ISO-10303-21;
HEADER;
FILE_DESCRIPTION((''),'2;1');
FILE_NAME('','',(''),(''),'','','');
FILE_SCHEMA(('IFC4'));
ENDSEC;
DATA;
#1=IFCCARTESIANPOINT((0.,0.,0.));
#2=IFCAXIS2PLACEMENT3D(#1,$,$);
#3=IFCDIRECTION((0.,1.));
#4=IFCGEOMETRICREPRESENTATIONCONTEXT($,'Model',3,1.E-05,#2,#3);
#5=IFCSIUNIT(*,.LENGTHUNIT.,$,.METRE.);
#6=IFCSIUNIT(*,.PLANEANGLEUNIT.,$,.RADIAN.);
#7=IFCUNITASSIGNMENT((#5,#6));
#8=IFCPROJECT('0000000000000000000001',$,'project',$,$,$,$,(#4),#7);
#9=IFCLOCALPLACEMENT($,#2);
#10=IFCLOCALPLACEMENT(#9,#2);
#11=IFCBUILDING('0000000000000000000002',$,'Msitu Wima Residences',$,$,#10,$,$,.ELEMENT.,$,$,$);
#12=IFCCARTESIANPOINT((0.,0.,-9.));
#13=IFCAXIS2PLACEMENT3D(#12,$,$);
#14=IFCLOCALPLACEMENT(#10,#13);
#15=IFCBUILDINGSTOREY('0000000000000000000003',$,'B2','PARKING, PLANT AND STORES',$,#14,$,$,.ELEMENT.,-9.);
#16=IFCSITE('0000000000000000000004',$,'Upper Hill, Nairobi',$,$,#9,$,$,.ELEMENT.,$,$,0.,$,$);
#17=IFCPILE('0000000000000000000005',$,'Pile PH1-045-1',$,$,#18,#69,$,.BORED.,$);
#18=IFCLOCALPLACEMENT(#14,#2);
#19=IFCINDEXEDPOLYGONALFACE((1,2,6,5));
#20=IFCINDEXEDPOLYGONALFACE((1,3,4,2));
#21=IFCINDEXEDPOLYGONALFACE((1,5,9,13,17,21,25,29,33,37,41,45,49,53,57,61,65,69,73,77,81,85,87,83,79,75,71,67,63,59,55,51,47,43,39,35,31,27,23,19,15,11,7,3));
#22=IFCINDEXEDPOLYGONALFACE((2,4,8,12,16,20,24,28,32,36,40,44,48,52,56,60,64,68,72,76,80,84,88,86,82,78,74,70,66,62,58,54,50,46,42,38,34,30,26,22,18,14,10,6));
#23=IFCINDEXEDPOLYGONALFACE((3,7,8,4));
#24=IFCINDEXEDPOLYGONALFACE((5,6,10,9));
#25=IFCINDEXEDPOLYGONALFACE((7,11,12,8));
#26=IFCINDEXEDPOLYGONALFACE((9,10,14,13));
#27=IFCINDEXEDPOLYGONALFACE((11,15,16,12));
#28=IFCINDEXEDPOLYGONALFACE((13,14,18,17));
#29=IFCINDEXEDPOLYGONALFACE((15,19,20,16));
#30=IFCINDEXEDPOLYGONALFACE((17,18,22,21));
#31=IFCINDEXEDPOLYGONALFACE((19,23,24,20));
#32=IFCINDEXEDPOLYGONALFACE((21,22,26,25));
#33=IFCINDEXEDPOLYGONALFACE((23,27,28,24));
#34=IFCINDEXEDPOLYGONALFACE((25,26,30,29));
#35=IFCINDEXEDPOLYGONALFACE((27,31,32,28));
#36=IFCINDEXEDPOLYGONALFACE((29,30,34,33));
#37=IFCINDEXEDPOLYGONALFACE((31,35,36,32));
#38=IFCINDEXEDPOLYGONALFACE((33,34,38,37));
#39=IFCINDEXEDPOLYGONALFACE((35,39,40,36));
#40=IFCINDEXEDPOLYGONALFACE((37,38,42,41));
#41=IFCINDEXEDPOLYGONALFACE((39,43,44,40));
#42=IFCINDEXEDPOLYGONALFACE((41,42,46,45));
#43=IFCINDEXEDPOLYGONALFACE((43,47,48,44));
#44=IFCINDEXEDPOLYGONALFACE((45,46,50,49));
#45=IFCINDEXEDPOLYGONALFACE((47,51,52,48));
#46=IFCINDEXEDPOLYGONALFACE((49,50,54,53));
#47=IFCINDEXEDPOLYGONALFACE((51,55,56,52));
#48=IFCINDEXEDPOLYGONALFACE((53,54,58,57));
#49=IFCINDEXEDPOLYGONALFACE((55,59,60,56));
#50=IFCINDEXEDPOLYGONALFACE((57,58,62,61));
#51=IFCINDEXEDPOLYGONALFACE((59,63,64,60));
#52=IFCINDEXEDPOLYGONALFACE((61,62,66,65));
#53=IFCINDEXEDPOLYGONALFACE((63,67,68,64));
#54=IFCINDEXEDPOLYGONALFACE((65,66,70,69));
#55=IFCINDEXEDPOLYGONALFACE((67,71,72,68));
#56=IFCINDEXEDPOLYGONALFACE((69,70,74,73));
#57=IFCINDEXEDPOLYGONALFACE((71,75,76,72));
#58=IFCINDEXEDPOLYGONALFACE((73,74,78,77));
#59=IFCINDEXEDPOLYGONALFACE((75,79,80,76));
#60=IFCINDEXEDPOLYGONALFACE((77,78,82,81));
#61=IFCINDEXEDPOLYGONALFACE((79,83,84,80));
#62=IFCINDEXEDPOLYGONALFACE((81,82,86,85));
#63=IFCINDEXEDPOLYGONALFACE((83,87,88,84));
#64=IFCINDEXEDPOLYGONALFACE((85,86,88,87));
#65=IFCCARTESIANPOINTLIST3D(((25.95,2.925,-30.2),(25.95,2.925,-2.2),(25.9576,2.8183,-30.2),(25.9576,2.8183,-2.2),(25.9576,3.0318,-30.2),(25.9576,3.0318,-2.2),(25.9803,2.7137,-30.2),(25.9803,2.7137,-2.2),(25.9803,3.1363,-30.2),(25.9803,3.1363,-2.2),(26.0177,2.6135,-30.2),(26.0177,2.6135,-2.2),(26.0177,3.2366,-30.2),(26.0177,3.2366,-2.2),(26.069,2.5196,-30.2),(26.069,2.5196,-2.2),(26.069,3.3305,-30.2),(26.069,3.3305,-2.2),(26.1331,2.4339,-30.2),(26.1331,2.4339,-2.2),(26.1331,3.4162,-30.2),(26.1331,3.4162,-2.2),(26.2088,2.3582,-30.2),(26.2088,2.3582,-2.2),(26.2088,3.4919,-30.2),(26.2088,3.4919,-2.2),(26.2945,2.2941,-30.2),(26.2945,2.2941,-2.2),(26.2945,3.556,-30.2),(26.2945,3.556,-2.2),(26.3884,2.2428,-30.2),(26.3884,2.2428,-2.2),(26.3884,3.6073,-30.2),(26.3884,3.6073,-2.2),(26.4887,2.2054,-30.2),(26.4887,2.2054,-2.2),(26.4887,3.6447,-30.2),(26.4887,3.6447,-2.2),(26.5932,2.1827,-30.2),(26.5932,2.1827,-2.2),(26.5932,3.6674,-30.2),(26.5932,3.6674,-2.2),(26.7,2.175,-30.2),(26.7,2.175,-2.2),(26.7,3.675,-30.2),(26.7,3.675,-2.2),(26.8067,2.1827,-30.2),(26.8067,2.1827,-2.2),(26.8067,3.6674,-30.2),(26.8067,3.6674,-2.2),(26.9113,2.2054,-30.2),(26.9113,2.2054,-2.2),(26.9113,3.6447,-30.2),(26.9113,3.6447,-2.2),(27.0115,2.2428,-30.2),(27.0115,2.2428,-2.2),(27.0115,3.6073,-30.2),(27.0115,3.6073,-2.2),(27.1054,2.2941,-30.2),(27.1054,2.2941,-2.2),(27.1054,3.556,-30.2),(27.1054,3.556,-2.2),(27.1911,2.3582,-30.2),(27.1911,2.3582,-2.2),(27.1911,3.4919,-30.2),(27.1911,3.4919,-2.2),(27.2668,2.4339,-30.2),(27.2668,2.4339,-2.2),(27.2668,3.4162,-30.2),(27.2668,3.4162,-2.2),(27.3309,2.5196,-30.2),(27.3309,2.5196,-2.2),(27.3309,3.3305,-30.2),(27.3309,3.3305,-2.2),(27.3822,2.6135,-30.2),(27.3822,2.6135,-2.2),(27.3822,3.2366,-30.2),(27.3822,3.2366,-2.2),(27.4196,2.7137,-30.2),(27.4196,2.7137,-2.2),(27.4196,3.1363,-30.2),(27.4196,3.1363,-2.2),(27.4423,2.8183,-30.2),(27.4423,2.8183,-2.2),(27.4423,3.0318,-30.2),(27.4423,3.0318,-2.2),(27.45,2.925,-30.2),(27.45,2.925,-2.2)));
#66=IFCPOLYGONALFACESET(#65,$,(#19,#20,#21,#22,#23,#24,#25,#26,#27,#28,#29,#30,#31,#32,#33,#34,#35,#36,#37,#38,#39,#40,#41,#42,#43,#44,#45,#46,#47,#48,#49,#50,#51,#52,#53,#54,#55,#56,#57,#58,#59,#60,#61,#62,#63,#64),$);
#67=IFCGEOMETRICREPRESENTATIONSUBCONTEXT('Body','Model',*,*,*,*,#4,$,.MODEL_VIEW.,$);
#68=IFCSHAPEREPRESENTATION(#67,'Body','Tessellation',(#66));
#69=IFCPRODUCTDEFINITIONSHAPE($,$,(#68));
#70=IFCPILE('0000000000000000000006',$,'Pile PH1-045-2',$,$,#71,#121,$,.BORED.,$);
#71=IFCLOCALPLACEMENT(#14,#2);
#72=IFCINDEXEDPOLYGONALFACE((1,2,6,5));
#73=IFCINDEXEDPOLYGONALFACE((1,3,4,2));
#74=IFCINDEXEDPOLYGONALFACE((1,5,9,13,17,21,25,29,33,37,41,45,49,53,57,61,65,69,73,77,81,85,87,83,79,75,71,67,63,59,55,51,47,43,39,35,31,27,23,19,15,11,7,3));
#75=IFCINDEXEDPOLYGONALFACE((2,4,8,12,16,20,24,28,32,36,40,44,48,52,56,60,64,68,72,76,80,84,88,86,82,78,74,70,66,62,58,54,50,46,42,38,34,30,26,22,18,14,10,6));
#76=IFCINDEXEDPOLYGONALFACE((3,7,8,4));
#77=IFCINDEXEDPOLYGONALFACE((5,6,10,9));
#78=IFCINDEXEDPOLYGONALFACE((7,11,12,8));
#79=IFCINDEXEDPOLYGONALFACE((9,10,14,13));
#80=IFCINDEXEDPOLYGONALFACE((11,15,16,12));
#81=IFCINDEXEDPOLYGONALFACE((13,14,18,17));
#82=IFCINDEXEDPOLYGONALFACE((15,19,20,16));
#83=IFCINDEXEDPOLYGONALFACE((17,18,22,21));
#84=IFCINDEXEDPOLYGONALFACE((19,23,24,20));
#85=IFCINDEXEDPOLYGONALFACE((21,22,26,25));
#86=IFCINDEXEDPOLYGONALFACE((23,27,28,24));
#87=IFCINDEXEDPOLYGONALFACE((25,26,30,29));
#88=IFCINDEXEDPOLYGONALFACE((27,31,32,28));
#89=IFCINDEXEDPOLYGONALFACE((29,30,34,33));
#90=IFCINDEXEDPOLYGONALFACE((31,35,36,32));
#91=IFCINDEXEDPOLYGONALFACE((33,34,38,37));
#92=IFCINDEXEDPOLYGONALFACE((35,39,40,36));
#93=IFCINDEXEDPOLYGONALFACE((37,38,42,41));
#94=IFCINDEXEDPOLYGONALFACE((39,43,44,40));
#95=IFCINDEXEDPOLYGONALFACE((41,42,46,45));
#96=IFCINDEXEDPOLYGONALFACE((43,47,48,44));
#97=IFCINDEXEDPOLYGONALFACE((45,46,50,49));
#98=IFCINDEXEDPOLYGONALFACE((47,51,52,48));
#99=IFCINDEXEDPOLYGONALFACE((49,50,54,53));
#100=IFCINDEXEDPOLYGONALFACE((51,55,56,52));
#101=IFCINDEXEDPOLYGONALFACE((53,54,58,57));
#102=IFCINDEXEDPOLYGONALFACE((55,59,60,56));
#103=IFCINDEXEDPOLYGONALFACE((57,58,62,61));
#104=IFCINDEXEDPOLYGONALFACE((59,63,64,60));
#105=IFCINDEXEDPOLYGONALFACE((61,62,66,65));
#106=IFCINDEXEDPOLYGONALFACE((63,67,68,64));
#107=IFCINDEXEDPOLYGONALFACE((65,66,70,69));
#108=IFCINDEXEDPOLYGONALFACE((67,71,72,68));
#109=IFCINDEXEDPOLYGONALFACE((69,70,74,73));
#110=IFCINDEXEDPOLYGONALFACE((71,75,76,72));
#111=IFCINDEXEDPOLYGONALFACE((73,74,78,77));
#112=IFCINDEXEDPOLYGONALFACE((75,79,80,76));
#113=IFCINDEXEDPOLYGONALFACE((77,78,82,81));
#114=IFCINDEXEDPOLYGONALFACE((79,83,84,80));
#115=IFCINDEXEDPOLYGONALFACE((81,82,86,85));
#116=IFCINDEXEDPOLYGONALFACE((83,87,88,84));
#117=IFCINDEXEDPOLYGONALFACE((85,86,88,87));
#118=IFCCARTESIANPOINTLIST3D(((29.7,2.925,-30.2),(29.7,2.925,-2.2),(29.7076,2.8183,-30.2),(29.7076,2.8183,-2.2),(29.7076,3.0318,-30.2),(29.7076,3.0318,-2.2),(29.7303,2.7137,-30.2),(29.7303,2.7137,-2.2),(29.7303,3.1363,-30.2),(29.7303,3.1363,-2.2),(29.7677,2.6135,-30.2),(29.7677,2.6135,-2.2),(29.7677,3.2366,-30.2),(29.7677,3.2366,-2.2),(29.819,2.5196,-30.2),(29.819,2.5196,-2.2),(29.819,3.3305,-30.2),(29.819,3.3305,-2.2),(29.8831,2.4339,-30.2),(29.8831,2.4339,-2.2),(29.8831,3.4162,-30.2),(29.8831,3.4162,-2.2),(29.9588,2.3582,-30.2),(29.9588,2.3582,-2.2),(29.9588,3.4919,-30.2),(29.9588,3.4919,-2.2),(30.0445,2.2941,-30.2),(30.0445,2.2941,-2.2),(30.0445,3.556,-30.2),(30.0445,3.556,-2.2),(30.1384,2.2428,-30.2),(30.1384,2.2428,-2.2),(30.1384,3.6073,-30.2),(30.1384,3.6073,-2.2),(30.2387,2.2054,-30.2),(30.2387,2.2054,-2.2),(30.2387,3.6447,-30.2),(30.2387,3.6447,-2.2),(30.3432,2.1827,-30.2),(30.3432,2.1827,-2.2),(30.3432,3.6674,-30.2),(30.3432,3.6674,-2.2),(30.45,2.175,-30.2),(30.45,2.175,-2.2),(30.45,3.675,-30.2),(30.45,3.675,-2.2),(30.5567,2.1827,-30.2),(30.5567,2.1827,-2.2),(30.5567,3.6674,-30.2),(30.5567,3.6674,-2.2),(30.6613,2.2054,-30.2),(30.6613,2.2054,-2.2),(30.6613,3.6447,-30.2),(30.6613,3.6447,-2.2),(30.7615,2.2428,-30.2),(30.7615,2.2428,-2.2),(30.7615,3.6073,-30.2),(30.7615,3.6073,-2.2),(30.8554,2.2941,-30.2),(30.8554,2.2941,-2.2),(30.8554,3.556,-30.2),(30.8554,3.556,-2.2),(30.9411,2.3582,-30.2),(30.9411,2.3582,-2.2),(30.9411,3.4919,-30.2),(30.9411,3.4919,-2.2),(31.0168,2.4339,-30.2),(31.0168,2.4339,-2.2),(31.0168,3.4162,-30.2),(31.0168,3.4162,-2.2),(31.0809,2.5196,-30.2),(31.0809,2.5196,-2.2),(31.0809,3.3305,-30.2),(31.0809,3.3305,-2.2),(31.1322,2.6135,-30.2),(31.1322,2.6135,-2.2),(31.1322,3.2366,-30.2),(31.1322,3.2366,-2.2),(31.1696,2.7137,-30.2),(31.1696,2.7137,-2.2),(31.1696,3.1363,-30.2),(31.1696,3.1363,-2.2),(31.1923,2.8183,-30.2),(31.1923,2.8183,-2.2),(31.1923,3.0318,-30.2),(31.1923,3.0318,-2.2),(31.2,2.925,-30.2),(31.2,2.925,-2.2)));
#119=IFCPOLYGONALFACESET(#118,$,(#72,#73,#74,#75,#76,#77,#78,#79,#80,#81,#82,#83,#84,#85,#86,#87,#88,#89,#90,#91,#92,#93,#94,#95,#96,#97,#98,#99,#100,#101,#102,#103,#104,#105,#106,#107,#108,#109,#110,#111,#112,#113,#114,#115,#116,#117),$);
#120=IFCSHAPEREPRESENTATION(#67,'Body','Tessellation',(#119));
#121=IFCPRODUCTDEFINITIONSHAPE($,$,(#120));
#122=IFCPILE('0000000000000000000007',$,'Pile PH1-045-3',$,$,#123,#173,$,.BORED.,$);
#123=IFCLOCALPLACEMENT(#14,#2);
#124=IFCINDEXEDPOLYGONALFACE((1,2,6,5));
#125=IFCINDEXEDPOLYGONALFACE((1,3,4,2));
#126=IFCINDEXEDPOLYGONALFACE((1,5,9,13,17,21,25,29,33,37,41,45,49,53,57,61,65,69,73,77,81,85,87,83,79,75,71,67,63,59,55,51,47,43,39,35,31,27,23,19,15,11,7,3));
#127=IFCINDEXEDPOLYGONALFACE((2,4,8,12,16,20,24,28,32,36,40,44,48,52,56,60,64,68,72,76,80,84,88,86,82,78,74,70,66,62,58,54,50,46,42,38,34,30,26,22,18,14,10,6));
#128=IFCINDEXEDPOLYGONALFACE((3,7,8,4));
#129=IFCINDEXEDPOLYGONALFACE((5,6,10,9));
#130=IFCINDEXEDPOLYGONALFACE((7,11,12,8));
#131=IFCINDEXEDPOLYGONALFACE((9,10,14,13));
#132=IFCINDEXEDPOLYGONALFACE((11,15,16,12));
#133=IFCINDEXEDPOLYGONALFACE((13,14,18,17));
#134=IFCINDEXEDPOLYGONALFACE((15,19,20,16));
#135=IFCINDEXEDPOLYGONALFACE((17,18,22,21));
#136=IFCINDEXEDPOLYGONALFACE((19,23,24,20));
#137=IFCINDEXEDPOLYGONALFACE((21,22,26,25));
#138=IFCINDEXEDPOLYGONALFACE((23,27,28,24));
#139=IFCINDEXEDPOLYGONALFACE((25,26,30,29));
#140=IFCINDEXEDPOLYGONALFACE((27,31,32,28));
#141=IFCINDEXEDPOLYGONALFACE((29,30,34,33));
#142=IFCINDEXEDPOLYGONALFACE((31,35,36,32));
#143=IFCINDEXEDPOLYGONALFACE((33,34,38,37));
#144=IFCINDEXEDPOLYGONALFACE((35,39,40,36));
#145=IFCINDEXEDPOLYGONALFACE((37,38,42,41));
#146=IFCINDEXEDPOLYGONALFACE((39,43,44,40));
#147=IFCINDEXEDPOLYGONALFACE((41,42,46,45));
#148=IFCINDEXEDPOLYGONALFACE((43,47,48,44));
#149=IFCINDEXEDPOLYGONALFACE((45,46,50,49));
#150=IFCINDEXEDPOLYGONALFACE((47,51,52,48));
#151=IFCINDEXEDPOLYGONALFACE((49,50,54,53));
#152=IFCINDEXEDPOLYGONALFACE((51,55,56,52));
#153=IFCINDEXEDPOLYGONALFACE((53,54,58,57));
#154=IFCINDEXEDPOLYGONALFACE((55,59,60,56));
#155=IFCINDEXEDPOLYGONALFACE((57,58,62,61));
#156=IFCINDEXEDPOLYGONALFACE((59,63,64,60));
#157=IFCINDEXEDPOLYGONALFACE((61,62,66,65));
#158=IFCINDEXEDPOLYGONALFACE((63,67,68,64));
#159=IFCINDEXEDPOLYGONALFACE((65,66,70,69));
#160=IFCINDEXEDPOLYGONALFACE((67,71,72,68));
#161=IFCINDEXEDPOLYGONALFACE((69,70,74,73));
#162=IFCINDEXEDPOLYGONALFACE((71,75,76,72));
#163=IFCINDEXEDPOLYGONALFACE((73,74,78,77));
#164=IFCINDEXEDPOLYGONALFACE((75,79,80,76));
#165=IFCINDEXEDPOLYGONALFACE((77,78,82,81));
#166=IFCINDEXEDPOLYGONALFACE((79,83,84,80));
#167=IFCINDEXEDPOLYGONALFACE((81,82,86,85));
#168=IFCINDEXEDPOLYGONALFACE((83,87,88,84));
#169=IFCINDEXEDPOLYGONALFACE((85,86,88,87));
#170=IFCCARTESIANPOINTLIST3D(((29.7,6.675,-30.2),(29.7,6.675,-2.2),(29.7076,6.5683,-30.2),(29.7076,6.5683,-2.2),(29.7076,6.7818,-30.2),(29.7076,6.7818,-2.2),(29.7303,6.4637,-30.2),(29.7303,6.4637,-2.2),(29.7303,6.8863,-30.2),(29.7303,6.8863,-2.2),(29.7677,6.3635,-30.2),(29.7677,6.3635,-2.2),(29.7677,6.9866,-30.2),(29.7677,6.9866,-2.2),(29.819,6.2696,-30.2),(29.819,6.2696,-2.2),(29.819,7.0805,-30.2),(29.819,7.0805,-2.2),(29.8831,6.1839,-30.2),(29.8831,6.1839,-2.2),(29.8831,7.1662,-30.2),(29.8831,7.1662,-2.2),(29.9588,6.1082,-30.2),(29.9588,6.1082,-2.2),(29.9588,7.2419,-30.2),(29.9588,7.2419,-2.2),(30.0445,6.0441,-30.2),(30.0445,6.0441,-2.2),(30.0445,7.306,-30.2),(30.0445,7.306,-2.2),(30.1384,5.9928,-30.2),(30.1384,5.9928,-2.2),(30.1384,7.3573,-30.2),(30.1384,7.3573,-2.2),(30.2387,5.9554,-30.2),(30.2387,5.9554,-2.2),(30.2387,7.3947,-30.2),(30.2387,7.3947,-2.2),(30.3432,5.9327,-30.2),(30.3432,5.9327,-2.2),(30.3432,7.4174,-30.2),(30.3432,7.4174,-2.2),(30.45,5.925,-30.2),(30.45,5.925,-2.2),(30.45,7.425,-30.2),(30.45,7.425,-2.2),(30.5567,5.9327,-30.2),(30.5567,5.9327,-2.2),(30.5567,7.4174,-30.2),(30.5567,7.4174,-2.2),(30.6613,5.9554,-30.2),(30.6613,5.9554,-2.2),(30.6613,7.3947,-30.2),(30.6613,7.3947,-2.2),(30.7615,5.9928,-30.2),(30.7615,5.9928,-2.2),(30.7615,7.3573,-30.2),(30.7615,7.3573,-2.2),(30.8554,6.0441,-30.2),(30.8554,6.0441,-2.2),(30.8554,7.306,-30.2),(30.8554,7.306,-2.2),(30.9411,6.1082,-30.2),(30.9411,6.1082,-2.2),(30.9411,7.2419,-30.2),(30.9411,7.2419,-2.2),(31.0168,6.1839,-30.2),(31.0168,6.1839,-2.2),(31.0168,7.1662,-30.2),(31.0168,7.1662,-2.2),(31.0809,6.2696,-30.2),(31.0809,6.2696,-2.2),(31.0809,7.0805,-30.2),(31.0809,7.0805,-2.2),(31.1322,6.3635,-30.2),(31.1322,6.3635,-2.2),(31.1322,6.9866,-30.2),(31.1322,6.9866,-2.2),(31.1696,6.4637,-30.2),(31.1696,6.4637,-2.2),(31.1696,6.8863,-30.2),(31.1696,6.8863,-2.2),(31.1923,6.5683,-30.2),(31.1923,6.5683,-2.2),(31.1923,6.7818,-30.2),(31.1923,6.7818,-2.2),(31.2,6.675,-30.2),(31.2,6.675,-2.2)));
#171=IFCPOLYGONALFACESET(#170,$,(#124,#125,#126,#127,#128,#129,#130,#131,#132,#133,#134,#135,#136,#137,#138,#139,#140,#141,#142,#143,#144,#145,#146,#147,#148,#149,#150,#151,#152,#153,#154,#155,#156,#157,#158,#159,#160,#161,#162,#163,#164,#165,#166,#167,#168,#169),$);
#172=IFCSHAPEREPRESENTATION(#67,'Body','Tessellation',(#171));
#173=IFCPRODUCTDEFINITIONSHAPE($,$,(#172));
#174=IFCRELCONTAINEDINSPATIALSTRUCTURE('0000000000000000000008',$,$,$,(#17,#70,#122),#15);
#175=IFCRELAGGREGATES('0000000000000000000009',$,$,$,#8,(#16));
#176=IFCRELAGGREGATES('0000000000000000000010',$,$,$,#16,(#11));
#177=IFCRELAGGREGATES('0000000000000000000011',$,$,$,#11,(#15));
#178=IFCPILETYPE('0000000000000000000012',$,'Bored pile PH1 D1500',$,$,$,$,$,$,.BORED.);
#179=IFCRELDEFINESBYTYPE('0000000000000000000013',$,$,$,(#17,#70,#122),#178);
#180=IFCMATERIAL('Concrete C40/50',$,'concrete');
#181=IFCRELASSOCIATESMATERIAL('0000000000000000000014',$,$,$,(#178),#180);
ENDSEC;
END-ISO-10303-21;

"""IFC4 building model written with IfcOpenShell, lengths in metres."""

from ifc_helpers import new_model, si_unit, direction, frame, origin, origin_2d, place, context, subcontext, project, spatial, circle, extrude, material, type_object, element, save


model = new_model("IFC4")

# Units and contexts
model_context = context("Model", 3, precision=1e-05, world=origin(), true_north=direction((0.0, 1.0)))
body_context = subcontext(model_context, "Body", "Model", "MODEL_VIEW")
ifc_project = project(units=[si_unit("LENGTHUNIT", "METRE"), si_unit("PLANEANGLEUNIT", "RADIAN")], contexts=[model_context])

# Site, building, storey
site_placement = place(None, origin())
site = spatial("IfcSite", under=ifc_project, at=site_placement, Name="Upper Hill, Nairobi", CompositionType="ELEMENT", RefElevation=0.0)
building_placement = place(site_placement, origin())
building = spatial("IfcBuilding", under=site, at=building_placement, Name="Msitu Wima Residences", CompositionType="ELEMENT")
storey_placement = place(building_placement, frame((0.0, 0.0, -9.0)))
storey = spatial("IfcBuildingStorey", under=building, at=storey_placement, Name="B2", Description="PARKING, PLANT AND STORES", CompositionType="ELEMENT", Elevation=-9.0)

# Piles
ifc_material_1 = material(Name="Concrete C40/50", Category="concrete")
pile_type_1 = type_object("IfcPileType", Name="Bored pile PH1 D1500", PredefinedType="BORED", material=ifc_material_1)
for number, where, z_axis, x_axis, name in (
    (1, (26.7, 2.925, -2.2), (0.0, 0.0, -1.0), (1.0, 0.0, 0.0), "Pile PH1-045-1"),
    (2, (30.45, 2.925, -2.2), (0.0, 0.0, -1.0), (1.0, 0.0, 0.0), "Pile PH1-045-2"),
    (3, (30.45, 6.675, -2.2), (0.0, 0.0, -1.0), (1.0, 0.0, 0.0), "Pile PH1-045-3"),
):
    element("IfcPile", number, at=place(storey_placement, frame(where, z_axis=z_axis, x_axis=x_axis)), inside=storey, type_object=pile_type_1, Name=name, PredefinedType="BORED", context=body_context, shape_type="SweptSolid", body=[
        extrude(circle(Radius=0.75, at=origin_2d()), origin(), (0.0, 0.0, 1.0), 28.0),
    ])

save(model, "model.ifc")
